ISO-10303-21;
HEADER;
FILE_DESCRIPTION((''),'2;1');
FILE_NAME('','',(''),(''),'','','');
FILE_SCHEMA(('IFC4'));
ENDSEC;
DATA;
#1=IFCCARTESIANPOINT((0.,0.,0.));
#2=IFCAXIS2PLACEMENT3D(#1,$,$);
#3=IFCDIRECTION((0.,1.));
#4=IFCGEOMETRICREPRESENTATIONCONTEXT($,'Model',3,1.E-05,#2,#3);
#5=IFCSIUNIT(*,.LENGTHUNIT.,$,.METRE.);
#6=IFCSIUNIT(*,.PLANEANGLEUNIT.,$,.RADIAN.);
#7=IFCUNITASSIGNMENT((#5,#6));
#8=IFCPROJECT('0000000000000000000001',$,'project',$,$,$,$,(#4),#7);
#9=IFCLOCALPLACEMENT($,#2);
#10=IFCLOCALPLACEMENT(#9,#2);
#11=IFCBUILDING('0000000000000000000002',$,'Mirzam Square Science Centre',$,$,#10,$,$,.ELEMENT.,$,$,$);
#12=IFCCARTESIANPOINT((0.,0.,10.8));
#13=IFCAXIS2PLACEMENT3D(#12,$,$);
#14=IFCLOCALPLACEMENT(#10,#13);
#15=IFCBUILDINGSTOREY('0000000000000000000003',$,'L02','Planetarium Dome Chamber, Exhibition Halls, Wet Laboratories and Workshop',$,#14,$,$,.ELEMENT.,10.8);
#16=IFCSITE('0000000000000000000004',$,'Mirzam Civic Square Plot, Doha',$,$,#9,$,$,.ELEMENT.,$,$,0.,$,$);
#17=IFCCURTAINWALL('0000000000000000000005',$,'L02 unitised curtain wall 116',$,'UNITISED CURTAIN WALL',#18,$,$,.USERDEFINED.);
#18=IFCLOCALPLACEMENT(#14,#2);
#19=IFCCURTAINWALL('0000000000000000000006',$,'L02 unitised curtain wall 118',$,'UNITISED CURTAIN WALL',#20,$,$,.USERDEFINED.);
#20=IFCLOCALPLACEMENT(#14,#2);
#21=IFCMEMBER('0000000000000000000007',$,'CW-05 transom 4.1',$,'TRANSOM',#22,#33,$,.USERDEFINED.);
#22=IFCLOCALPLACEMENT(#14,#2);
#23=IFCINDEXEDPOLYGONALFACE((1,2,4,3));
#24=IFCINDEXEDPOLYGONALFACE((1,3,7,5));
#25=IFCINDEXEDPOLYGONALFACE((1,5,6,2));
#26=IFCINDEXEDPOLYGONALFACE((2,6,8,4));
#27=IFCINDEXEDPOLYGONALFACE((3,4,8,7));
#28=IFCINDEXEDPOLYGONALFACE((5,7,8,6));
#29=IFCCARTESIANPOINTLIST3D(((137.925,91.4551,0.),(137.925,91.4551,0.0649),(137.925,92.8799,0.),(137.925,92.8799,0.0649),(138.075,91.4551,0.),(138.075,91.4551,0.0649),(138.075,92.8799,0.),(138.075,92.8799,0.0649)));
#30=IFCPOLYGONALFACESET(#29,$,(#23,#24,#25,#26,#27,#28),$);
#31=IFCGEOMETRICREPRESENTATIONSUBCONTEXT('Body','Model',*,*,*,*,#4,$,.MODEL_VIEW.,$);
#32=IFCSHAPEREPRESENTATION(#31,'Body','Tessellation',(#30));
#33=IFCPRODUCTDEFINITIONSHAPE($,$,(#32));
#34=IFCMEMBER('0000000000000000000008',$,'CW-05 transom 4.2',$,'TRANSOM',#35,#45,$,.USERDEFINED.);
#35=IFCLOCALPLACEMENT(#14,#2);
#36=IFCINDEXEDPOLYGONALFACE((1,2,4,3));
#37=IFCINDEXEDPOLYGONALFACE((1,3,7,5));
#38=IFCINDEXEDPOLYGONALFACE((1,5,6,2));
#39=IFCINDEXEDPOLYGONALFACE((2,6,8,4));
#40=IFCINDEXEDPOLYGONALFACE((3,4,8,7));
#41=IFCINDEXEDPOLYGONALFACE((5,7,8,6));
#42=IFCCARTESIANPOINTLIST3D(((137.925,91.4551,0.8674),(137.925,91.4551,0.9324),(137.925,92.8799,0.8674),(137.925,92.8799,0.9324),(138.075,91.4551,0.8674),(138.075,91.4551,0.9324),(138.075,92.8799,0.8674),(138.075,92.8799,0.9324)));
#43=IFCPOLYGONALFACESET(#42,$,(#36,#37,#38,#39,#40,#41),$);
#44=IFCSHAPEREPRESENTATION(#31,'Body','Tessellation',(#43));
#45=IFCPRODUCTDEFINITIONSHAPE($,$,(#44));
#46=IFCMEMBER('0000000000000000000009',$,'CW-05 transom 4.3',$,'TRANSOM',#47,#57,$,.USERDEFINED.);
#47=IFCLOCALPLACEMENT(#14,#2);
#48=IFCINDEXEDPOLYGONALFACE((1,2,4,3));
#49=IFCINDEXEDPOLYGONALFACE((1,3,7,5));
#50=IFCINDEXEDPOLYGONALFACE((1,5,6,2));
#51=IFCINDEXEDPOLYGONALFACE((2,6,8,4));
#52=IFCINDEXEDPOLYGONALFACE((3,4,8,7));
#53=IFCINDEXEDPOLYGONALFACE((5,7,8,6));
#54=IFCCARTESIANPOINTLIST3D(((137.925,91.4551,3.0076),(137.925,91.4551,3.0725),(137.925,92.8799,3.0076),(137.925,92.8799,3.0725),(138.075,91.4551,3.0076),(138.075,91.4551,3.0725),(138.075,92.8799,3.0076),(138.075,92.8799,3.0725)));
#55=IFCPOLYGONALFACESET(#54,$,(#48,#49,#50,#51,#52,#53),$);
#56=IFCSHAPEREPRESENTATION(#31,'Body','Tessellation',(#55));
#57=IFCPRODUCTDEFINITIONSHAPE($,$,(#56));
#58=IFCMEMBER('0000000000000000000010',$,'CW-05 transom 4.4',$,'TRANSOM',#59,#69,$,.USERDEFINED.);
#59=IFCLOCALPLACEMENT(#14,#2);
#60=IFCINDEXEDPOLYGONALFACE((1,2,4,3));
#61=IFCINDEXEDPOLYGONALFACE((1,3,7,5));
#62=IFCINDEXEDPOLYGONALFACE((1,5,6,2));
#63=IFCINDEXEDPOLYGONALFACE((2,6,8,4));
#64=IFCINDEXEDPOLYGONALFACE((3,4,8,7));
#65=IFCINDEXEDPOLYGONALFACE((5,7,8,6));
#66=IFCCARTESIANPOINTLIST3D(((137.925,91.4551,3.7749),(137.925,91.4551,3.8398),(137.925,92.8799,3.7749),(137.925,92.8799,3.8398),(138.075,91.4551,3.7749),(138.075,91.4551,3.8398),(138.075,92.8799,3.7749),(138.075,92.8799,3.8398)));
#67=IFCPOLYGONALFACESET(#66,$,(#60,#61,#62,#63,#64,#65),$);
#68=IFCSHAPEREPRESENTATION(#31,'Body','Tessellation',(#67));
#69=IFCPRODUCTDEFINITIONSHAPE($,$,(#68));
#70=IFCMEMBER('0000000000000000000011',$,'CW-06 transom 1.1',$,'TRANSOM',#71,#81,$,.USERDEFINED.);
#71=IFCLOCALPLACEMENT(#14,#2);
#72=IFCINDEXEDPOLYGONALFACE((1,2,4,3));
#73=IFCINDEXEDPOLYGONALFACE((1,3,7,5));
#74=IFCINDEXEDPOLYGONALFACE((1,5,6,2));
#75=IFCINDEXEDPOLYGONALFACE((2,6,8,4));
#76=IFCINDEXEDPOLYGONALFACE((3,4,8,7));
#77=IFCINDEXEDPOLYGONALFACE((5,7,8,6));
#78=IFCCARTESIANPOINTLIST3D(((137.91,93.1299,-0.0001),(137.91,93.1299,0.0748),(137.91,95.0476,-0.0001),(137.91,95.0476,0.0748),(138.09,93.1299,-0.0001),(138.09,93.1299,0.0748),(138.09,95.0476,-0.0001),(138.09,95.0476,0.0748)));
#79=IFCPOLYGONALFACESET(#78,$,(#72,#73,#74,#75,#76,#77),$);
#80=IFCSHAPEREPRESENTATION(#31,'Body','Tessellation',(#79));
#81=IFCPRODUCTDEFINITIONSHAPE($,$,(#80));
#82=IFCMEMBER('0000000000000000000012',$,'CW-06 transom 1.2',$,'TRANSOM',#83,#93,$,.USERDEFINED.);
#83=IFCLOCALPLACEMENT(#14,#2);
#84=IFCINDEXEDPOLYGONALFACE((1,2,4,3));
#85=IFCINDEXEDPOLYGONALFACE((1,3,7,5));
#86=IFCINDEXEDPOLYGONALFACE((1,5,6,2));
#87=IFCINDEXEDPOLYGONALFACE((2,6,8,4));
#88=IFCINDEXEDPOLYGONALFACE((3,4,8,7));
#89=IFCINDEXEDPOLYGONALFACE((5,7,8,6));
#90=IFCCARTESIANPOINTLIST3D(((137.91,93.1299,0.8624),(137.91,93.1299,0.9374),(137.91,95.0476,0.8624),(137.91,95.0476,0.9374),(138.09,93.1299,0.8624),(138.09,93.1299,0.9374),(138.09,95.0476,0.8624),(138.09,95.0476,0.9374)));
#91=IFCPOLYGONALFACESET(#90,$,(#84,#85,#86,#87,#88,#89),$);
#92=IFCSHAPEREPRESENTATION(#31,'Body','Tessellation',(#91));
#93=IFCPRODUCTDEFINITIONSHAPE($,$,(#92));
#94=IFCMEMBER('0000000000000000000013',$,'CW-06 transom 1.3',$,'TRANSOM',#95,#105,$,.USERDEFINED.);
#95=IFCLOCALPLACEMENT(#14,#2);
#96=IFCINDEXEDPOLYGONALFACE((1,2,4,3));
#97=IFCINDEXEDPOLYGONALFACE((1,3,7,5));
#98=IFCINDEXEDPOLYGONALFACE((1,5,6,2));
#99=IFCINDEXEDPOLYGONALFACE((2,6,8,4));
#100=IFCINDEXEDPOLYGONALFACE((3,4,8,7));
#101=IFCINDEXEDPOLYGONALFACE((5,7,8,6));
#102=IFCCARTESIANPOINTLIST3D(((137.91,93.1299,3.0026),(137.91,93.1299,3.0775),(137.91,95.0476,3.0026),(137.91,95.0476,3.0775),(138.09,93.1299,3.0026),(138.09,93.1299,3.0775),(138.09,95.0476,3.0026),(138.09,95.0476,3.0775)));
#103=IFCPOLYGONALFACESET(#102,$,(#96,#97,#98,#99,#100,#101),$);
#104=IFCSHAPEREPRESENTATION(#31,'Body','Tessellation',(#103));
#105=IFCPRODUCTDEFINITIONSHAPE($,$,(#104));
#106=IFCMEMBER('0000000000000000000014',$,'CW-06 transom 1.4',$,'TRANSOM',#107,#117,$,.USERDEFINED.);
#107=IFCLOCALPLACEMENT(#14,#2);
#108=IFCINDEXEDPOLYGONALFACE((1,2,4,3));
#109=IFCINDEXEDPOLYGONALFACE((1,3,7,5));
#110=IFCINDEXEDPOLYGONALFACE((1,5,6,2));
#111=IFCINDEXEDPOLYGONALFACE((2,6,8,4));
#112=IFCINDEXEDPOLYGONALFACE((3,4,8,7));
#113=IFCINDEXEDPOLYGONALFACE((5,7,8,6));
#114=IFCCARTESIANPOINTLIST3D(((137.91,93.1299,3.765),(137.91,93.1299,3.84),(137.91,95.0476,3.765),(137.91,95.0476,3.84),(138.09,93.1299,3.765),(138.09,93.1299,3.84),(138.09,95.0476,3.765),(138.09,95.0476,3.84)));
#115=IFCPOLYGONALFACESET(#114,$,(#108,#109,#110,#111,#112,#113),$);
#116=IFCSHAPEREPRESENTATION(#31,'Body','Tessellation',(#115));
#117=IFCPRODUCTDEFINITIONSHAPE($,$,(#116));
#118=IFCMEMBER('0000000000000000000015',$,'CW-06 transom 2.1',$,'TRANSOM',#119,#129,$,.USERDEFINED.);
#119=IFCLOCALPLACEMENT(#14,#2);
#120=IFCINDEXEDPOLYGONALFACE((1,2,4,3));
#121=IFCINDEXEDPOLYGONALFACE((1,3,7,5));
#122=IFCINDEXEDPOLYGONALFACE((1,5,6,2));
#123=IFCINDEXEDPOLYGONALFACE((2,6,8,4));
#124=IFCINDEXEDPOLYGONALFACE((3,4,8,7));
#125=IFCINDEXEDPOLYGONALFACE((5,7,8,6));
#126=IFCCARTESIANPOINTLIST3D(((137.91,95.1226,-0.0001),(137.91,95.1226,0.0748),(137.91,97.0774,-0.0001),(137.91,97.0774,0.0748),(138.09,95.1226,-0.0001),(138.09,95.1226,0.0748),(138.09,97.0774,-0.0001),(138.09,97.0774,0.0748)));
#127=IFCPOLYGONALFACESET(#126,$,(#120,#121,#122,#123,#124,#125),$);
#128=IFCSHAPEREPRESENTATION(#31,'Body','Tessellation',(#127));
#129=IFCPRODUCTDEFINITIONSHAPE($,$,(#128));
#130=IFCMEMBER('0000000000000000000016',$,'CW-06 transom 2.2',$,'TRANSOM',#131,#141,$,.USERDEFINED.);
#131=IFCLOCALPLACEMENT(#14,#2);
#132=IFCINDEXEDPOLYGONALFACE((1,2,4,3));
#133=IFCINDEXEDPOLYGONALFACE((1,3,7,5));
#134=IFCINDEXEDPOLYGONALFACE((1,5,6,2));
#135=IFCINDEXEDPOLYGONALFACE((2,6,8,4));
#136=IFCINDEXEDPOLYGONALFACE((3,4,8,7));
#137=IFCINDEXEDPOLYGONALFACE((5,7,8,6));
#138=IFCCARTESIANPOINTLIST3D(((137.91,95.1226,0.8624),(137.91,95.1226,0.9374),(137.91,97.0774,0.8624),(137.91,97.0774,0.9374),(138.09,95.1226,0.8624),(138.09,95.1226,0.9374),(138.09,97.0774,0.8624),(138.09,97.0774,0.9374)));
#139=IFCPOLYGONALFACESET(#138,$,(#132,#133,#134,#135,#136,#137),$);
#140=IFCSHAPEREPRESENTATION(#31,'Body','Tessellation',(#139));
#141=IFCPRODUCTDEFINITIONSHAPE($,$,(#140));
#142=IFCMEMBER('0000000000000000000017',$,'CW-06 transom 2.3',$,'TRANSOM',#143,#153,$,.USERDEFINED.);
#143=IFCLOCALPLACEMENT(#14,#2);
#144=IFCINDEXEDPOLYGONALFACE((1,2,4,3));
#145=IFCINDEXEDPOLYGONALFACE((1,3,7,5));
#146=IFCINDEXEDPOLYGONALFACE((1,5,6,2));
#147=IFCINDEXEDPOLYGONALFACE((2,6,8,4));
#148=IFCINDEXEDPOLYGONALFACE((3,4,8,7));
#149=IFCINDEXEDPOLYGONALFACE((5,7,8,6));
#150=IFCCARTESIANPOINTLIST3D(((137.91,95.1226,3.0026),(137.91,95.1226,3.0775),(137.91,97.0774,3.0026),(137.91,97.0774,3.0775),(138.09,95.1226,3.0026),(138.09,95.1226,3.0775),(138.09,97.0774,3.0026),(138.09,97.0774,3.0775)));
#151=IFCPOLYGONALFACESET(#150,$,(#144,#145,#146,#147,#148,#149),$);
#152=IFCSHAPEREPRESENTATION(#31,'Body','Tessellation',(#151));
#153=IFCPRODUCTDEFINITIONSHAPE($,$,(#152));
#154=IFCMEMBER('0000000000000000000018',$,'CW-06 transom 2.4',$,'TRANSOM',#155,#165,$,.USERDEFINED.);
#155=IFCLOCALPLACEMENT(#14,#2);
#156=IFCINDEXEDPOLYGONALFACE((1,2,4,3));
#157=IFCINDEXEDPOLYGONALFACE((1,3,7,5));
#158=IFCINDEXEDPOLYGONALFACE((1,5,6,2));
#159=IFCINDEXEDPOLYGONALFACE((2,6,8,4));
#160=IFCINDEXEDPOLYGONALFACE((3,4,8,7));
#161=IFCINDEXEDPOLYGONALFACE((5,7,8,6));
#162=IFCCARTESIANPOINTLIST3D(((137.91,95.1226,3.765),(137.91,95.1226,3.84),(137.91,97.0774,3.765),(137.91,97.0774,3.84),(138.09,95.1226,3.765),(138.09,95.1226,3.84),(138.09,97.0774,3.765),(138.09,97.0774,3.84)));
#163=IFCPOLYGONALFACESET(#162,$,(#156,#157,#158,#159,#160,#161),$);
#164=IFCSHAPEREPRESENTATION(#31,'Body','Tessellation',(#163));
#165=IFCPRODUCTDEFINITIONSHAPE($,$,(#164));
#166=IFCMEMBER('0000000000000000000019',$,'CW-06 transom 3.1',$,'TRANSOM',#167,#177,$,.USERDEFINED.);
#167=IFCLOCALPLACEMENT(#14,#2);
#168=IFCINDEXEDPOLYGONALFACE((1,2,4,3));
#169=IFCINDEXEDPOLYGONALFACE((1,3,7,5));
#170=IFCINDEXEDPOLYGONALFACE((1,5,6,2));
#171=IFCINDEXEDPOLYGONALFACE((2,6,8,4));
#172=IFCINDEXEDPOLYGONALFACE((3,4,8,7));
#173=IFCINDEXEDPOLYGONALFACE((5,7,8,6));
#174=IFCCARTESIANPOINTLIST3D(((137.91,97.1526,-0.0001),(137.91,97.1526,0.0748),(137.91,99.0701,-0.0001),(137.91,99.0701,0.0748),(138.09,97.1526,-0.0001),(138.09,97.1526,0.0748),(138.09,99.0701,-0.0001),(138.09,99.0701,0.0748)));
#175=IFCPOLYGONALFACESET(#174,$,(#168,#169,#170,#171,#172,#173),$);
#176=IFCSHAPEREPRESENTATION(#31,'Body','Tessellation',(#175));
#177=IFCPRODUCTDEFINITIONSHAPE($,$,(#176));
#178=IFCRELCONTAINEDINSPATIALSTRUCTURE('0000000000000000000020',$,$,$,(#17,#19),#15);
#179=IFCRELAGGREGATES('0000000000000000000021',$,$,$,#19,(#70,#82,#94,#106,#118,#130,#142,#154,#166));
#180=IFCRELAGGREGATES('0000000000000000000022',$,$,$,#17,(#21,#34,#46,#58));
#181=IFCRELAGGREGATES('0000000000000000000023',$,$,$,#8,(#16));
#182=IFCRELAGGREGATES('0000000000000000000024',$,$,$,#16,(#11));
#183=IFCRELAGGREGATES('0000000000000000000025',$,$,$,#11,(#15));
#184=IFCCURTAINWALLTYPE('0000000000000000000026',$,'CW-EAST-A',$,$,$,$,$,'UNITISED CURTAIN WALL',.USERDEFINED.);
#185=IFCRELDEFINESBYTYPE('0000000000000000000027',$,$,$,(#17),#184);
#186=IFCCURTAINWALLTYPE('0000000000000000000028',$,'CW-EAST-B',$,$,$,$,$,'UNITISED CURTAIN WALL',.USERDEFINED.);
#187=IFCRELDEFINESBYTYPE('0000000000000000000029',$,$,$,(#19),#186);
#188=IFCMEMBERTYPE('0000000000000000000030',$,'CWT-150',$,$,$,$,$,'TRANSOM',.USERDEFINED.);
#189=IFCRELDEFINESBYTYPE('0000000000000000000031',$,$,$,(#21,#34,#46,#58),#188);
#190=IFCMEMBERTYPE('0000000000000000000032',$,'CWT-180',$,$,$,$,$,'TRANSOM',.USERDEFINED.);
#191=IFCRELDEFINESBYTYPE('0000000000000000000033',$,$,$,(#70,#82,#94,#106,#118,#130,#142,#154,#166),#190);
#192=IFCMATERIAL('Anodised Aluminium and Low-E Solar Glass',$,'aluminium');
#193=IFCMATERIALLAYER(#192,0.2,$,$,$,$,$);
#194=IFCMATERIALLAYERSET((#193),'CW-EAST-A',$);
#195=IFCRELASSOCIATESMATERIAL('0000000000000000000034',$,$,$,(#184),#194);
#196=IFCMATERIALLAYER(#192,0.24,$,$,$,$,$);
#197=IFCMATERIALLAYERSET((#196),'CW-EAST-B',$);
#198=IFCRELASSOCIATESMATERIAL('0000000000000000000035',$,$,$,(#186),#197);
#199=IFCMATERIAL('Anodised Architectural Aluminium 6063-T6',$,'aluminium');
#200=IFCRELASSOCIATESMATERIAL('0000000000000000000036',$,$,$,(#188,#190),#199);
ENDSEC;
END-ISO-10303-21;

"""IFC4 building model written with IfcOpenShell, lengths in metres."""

from ifc_helpers import new_model, si_unit, direction, frame, origin, origin_2d, place, context, subcontext, project, spatial, rectangle, extrude, material, layer, layer_set, material_profile, profile_set, type_object, element, aggregate, save


model = new_model("IFC4")

# Units and contexts
model_context = context("Model", 3, precision=1e-05, world=origin(), true_north=direction((0.0, 1.0)))
body_context = subcontext(model_context, "Body", "Model", "MODEL_VIEW")
ifc_project = project(units=[si_unit("LENGTHUNIT", "METRE"), si_unit("PLANEANGLEUNIT", "RADIAN")], contexts=[model_context])

# Site, building, storey
site_placement = place(None, origin())
site = spatial("IfcSite", under=ifc_project, at=site_placement, Name="Mirzam Civic Square Plot, Doha", CompositionType="ELEMENT", RefElevation=0.0)
building_placement = place(site_placement, origin())
building = spatial("IfcBuilding", under=site, at=building_placement, Name="Mirzam Square Science Centre", CompositionType="ELEMENT")
storey_placement = place(building_placement, frame((0.0, 0.0, 10.8)))
storey = spatial("IfcBuildingStorey", under=building, at=storey_placement, Name="L02", Description="Planetarium Dome Chamber, Exhibition Halls, Wet Laboratories and Workshop", CompositionType="ELEMENT", Elevation=10.8)

# Curtain walls
ifc_material_1 = material(Name="Anodised Aluminium and Low-E Solar Glass", Category="aluminium")
ifc_layer_1 = layer(ifc_material_1, 0.2)
ifc_layer_set_1 = layer_set([ifc_layer_1], Name="CW-EAST-A")
curtain_wall_type_1 = type_object("IfcCurtainWallType", Name="CW-EAST-A", ElementType="UNITISED CURTAIN WALL", PredefinedType="USERDEFINED", material=ifc_layer_set_1)
curtain_wall_1_placement = place(storey_placement, origin())
curtain_wall_1 = element("IfcCurtainWall", 1, at=curtain_wall_1_placement, inside=storey, type_object=curtain_wall_type_1, Name="L02 unitised curtain wall 116", ObjectType="UNITISED CURTAIN WALL", PredefinedType="USERDEFINED")
ifc_material_2 = material(Name="Anodised Architectural Aluminium 6063-T6", Category="aluminium")
ifc_layer_2 = layer(ifc_material_1, 0.24)
ifc_layer_set_2 = layer_set([ifc_layer_2], Name="CW-EAST-B")
curtain_wall_type_2 = type_object("IfcCurtainWallType", Name="CW-EAST-B", ElementType="UNITISED CURTAIN WALL", PredefinedType="USERDEFINED", material=ifc_layer_set_2)
curtain_wall_2_placement = place(storey_placement, origin())
curtain_wall_2 = element("IfcCurtainWall", 2, at=curtain_wall_2_placement, inside=storey, type_object=curtain_wall_type_2, Name="L02 unitised curtain wall 118", ObjectType="UNITISED CURTAIN WALL", PredefinedType="USERDEFINED")

# Members
ifc_material_profile_1 = material_profile(ifc_material_2, rectangle(XDim=0.1499, YDim=0.0649, at=origin_2d()), Name="ALU-TRAN-150x65x4")
ifc_profile_set_1 = profile_set([ifc_material_profile_1], Name="Anodised Architectural Aluminium 6063-T6")
member_type_1 = type_object("IfcMemberType", Name="CWT-150", ElementType="TRANSOM", PredefinedType="USERDEFINED", material=ifc_profile_set_1)
member_1_placement = place(storey_placement, frame((138.0, 91.4551, 0.0325), z_axis=(0.0, 1.0, 0.0), x_axis=(-1.0, 0.0, 0.0)))
member_1 = element("IfcMember", 3, at=member_1_placement, type_object=member_type_1, Name="CW-05 transom 4.1", ObjectType="TRANSOM", PredefinedType="USERDEFINED", context=body_context, shape_type="SweptSolid", body=[
    extrude(rectangle(XDim=0.1499, YDim=0.0649, at=origin_2d()), origin(), (0.0, 0.0, 1.0), 1.4248),
])
member_2_placement = place(storey_placement, frame((138.0, 91.4551, 0.8999), z_axis=(0.0, 1.0, 0.0), x_axis=(-1.0, 0.0, 0.0)))
member_2 = element("IfcMember", 4, at=member_2_placement, type_object=member_type_1, Name="CW-05 transom 4.2", ObjectType="TRANSOM", PredefinedType="USERDEFINED", context=body_context, shape_type="SweptSolid", body=[
    extrude(rectangle(XDim=0.1499, YDim=0.0649, at=origin_2d()), origin(), (0.0, 0.0, 1.0), 1.4248),
])
member_3_placement = place(storey_placement, frame((138.0, 91.4551, 3.04), z_axis=(0.0, 1.0, 0.0), x_axis=(-1.0, 0.0, 0.0)))
member_3 = element("IfcMember", 5, at=member_3_placement, type_object=member_type_1, Name="CW-05 transom 4.3", ObjectType="TRANSOM", PredefinedType="USERDEFINED", context=body_context, shape_type="SweptSolid", body=[
    extrude(rectangle(XDim=0.1499, YDim=0.0649, at=origin_2d()), origin(), (0.0, 0.0, 1.0), 1.4248),
])
member_4_placement = place(storey_placement, frame((138.0, 91.4551, 3.8074), z_axis=(0.0, 1.0, 0.0), x_axis=(-1.0, 0.0, 0.0)))
member_4 = element("IfcMember", 6, at=member_4_placement, type_object=member_type_1, Name="CW-05 transom 4.4", ObjectType="TRANSOM", PredefinedType="USERDEFINED", context=body_context, shape_type="SweptSolid", body=[
    extrude(rectangle(XDim=0.1499, YDim=0.0649, at=origin_2d()), origin(), (0.0, 0.0, 1.0), 1.4248),
])
ifc_material_profile_2 = material_profile(ifc_material_2, rectangle(XDim=0.1799, YDim=0.075, at=origin_2d()), Name="ALU-TRAN-180x75x5")
ifc_profile_set_2 = profile_set([ifc_material_profile_2], Name="Anodised Architectural Aluminium 6063-T6")
member_type_2 = type_object("IfcMemberType", Name="CWT-180", ElementType="TRANSOM", PredefinedType="USERDEFINED", material=ifc_profile_set_2)
member_5_placement = place(storey_placement, frame((138.0, 93.1299, 0.0374), z_axis=(0.0, 1.0, 0.0), x_axis=(-1.0, 0.0, 0.0)))
member_5 = element("IfcMember", 7, at=member_5_placement, type_object=member_type_2, Name="CW-06 transom 1.1", ObjectType="TRANSOM", PredefinedType="USERDEFINED", context=body_context, shape_type="SweptSolid", body=[
    extrude(rectangle(XDim=0.1799, YDim=0.075, at=origin_2d()), origin(), (0.0, 0.0, 1.0), 1.9177),
])
member_6_placement = place(storey_placement, frame((138.0, 93.1299, 0.8999), z_axis=(0.0, 1.0, 0.0), x_axis=(-1.0, 0.0, 0.0)))
member_6 = element("IfcMember", 8, at=member_6_placement, type_object=member_type_2, Name="CW-06 transom 1.2", ObjectType="TRANSOM", PredefinedType="USERDEFINED", context=body_context, shape_type="SweptSolid", body=[
    extrude(rectangle(XDim=0.1799, YDim=0.075, at=origin_2d()), origin(), (0.0, 0.0, 1.0), 1.9177),
])
member_7_placement = place(storey_placement, frame((138.0, 93.1299, 3.04), z_axis=(0.0, 1.0, 0.0), x_axis=(-1.0, 0.0, 0.0)))
member_7 = element("IfcMember", 9, at=member_7_placement, type_object=member_type_2, Name="CW-06 transom 1.3", ObjectType="TRANSOM", PredefinedType="USERDEFINED", context=body_context, shape_type="SweptSolid", body=[
    extrude(rectangle(XDim=0.1799, YDim=0.075, at=origin_2d()), origin(), (0.0, 0.0, 1.0), 1.9177),
])
member_8_placement = place(storey_placement, frame((138.0, 93.1299, 3.8025), z_axis=(0.0, 1.0, 0.0), x_axis=(-1.0, 0.0, 0.0)))
member_8 = element("IfcMember", 10, at=member_8_placement, type_object=member_type_2, Name="CW-06 transom 1.4", ObjectType="TRANSOM", PredefinedType="USERDEFINED", context=body_context, shape_type="SweptSolid", body=[
    extrude(rectangle(XDim=0.1799, YDim=0.075, at=origin_2d()), origin(), (0.0, 0.0, 1.0), 1.9177),
])
member_9_placement = place(storey_placement, frame((138.0, 95.1226, 0.0374), z_axis=(0.0, 1.0, 0.0), x_axis=(-1.0, 0.0, 0.0)))
member_9 = element("IfcMember", 11, at=member_9_placement, type_object=member_type_2, Name="CW-06 transom 2.1", ObjectType="TRANSOM", PredefinedType="USERDEFINED", context=body_context, shape_type="SweptSolid", body=[
    extrude(rectangle(XDim=0.1799, YDim=0.075, at=origin_2d()), origin(), (0.0, 0.0, 1.0), 1.9548),
])
member_10_placement = place(storey_placement, frame((138.0, 95.1226, 0.8999), z_axis=(0.0, 1.0, 0.0), x_axis=(-1.0, 0.0, 0.0)))
member_10 = element("IfcMember", 12, at=member_10_placement, type_object=member_type_2, Name="CW-06 transom 2.2", ObjectType="TRANSOM", PredefinedType="USERDEFINED", context=body_context, shape_type="SweptSolid", body=[
    extrude(rectangle(XDim=0.1799, YDim=0.075, at=origin_2d()), origin(), (0.0, 0.0, 1.0), 1.9548),
])
member_11_placement = place(storey_placement, frame((138.0, 95.1226, 3.04), z_axis=(0.0, 1.0, 0.0), x_axis=(-1.0, 0.0, 0.0)))
member_11 = element("IfcMember", 13, at=member_11_placement, type_object=member_type_2, Name="CW-06 transom 2.3", ObjectType="TRANSOM", PredefinedType="USERDEFINED", context=body_context, shape_type="SweptSolid", body=[
    extrude(rectangle(XDim=0.1799, YDim=0.075, at=origin_2d()), origin(), (0.0, 0.0, 1.0), 1.9548),
])
member_12_placement = place(storey_placement, frame((138.0, 95.1226, 3.8025), z_axis=(0.0, 1.0, 0.0), x_axis=(-1.0, 0.0, 0.0)))
member_12 = element("IfcMember", 14, at=member_12_placement, type_object=member_type_2, Name="CW-06 transom 2.4", ObjectType="TRANSOM", PredefinedType="USERDEFINED", context=body_context, shape_type="SweptSolid", body=[
    extrude(rectangle(XDim=0.1799, YDim=0.075, at=origin_2d()), origin(), (0.0, 0.0, 1.0), 1.9548),
])
member_13_placement = place(storey_placement, frame((138.0, 97.1526, 0.0374), z_axis=(0.0, 1.0, 0.0), x_axis=(-1.0, 0.0, 0.0)))
member_13 = element("IfcMember", 15, at=member_13_placement, type_object=member_type_2, Name="CW-06 transom 3.1", ObjectType="TRANSOM", PredefinedType="USERDEFINED", context=body_context, shape_type="SweptSolid", body=[
    extrude(rectangle(XDim=0.1799, YDim=0.075, at=origin_2d()), origin(), (0.0, 0.0, 1.0), 1.9175),
])

aggregate(curtain_wall_2, [member_5, member_6, member_7, member_8, member_9, member_10, member_11, member_12, member_13])
aggregate(curtain_wall_1, [member_1, member_2, member_3, member_4])

save(model, "model.ifc")
